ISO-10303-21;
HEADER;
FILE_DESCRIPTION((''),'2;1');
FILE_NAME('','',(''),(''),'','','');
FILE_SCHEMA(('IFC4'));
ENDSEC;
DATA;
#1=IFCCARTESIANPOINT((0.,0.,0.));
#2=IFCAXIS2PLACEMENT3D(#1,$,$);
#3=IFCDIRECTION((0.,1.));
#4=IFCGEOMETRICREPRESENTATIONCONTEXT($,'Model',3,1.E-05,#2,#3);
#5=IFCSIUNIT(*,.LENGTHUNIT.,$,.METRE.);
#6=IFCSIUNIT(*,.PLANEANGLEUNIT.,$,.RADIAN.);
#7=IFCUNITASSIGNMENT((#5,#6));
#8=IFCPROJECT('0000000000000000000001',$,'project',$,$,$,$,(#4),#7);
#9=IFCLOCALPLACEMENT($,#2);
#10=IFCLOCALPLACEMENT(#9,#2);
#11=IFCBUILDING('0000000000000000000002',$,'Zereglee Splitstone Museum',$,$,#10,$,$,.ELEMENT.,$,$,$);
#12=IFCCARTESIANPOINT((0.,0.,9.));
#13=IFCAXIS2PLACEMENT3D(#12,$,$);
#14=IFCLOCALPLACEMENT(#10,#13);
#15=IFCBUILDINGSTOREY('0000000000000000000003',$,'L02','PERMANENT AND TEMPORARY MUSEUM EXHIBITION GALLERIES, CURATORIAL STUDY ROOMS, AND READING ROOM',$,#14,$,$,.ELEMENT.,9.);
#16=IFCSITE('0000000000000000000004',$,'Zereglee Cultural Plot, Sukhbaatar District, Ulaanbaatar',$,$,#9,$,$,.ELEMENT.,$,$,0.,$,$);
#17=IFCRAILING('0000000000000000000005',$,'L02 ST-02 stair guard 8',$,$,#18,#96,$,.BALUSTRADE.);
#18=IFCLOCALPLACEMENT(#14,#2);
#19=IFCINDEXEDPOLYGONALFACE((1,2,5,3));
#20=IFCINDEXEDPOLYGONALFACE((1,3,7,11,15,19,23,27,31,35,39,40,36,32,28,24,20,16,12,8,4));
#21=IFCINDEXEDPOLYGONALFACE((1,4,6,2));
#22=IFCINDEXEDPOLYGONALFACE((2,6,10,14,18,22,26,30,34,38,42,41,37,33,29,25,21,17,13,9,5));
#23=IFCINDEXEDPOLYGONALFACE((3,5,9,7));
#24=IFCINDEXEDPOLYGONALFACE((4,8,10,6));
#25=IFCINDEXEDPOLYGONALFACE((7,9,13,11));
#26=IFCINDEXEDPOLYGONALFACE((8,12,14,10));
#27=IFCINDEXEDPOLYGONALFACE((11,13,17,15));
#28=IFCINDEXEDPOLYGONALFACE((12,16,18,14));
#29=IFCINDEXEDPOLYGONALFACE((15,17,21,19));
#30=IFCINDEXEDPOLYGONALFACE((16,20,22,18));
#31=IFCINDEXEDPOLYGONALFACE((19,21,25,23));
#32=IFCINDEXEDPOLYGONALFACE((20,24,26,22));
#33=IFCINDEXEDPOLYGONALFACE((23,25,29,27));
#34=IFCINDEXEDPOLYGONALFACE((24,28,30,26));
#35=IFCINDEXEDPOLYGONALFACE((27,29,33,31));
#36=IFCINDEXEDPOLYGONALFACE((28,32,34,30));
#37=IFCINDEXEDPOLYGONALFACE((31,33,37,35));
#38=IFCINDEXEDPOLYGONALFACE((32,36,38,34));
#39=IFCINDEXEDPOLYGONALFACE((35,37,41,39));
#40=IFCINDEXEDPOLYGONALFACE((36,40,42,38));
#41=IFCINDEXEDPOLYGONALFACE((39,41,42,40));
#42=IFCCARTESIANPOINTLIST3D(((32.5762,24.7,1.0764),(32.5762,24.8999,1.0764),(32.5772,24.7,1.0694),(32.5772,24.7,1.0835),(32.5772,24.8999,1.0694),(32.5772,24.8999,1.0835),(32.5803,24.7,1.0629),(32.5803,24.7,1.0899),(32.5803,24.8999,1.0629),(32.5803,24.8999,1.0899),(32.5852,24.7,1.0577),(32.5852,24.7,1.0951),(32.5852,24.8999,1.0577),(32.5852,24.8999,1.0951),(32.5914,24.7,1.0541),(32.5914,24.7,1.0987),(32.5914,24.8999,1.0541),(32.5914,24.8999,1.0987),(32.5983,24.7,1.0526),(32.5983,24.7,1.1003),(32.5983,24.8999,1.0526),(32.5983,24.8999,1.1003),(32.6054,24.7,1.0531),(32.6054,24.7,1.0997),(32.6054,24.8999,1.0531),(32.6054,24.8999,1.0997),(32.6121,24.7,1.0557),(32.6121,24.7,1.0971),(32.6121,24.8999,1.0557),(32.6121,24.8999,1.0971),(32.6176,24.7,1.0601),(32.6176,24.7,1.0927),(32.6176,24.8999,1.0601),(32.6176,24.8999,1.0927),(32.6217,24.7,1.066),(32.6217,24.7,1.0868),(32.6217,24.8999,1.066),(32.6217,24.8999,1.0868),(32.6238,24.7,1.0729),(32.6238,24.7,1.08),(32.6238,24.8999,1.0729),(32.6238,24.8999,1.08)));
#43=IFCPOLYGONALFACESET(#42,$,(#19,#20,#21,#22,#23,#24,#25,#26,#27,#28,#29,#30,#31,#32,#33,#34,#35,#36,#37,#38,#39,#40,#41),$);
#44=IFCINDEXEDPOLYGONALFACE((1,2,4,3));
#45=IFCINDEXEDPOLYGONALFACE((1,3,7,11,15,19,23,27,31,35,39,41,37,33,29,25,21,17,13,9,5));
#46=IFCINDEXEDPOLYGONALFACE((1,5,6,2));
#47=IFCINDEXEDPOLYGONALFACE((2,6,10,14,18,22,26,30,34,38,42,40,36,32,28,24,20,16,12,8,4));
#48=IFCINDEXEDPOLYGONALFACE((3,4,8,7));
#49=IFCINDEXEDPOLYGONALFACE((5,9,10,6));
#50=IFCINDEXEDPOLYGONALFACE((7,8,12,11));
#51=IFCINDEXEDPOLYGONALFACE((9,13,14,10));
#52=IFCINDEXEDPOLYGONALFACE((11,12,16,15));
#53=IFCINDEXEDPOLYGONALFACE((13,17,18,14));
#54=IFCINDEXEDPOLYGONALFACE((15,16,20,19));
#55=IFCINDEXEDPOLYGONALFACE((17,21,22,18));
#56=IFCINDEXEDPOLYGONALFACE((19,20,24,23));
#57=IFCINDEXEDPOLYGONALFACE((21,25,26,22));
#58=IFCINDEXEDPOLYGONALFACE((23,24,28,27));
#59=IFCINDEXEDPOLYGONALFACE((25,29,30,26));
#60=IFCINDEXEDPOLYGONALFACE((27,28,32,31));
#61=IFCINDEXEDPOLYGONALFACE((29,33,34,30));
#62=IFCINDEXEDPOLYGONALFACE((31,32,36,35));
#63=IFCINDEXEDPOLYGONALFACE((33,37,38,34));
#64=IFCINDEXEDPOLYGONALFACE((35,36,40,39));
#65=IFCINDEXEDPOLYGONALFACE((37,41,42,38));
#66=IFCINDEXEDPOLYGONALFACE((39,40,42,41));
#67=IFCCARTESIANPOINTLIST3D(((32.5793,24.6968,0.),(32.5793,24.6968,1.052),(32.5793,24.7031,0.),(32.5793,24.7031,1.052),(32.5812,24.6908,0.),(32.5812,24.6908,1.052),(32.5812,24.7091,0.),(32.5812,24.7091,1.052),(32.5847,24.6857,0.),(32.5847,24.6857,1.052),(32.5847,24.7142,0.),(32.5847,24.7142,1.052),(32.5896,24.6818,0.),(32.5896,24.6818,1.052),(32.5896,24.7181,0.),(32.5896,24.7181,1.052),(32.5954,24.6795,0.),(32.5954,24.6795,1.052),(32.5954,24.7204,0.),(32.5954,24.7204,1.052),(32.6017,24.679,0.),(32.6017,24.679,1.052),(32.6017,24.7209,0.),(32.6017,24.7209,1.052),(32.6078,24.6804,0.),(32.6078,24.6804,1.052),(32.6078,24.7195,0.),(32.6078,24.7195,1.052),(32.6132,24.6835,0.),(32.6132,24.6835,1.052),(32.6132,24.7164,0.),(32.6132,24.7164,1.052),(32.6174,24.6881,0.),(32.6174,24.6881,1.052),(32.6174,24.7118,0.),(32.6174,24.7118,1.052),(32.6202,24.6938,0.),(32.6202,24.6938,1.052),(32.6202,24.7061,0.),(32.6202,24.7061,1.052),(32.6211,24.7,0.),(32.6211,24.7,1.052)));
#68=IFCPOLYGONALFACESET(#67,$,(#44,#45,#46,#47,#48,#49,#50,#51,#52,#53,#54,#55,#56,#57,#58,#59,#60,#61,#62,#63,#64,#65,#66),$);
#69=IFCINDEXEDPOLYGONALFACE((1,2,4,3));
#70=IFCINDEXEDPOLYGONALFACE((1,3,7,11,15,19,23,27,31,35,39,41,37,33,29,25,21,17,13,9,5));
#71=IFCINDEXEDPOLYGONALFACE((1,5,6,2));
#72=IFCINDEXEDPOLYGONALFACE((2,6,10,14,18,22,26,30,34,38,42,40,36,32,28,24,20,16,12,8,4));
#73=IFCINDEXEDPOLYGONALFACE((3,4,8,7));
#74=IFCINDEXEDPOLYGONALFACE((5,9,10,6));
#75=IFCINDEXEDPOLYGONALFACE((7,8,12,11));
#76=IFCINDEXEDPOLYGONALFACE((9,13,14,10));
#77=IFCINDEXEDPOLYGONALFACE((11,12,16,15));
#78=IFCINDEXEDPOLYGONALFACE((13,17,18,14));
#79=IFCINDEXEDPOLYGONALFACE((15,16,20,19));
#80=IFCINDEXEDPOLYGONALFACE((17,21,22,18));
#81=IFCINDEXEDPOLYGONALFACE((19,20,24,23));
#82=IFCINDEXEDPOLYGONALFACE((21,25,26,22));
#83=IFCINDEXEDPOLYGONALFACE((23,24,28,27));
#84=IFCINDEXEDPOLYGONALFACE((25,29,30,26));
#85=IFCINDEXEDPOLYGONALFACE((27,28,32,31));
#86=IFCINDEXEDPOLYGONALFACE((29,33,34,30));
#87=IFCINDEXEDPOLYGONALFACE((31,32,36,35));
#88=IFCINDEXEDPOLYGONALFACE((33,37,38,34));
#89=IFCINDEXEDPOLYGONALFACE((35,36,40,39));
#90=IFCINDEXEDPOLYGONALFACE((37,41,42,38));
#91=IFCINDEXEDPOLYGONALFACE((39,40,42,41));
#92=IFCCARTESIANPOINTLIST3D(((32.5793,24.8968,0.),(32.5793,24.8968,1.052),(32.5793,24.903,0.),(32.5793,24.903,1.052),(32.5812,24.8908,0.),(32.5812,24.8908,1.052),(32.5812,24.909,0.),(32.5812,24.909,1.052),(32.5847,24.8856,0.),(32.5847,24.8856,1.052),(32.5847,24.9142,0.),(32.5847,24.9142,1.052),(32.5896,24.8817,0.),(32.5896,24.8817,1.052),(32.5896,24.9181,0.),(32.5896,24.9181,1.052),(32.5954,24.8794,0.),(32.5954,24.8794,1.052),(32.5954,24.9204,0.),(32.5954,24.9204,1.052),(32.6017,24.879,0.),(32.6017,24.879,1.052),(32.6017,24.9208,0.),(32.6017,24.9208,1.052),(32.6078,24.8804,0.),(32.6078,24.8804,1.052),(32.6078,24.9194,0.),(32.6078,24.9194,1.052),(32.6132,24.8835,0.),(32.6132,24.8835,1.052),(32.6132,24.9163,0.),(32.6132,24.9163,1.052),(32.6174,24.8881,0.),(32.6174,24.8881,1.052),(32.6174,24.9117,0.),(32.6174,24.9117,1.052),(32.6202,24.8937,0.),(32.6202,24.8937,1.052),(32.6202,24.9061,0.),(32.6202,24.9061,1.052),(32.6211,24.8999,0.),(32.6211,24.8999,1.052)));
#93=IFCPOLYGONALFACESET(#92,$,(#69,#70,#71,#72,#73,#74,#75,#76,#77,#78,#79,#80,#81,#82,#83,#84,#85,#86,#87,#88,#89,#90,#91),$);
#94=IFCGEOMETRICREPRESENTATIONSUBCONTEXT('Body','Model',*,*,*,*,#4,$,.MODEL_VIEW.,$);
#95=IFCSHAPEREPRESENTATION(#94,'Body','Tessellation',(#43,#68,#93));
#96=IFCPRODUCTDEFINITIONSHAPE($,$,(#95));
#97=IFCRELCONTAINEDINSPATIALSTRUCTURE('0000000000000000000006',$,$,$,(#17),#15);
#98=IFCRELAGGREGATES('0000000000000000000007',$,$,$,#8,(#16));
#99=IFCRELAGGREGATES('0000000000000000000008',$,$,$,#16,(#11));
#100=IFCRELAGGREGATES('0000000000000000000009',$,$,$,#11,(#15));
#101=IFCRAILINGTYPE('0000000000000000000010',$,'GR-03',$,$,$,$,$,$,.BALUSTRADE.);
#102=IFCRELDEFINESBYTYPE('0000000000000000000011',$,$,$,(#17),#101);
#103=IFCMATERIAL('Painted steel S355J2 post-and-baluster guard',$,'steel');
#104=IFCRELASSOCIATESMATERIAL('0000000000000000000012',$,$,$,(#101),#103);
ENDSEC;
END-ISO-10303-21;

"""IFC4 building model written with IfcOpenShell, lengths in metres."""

from ifc_helpers import new_model, si_unit, direction, frame, origin, origin_2d, place, context, subcontext, project, spatial, circle, extrude, material, type_object, element, save


model = new_model("IFC4")

# Units and contexts
model_context = context("Model", 3, precision=1e-05, world=origin(), true_north=direction((0.0, 1.0)))
body_context = subcontext(model_context, "Body", "Model", "MODEL_VIEW")
ifc_project = project(units=[si_unit("LENGTHUNIT", "METRE"), si_unit("PLANEANGLEUNIT", "RADIAN")], contexts=[model_context])

# Site, building, storey
site_placement = place(None, origin())
site = spatial("IfcSite", under=ifc_project, at=site_placement, Name="Zereglee Cultural Plot, Sukhbaatar District, Ulaanbaatar", CompositionType="ELEMENT", RefElevation=0.0)
building_placement = place(site_placement, origin())
building = spatial("IfcBuilding", under=site, at=building_placement, Name="Zereglee Splitstone Museum", CompositionType="ELEMENT")
storey_placement = place(building_placement, frame((0.0, 0.0, 9.0)))
storey = spatial("IfcBuildingStorey", under=building, at=storey_placement, Name="L02", Description="PERMANENT AND TEMPORARY MUSEUM EXHIBITION GALLERIES, CURATORIAL STUDY ROOMS, AND READING ROOM", CompositionType="ELEMENT", Elevation=9.0)

# Railing
ifc_material_1 = material(Name="Painted steel S355J2 post-and-baluster guard", Category="steel")
railing_type_1 = type_object("IfcRailingType", Name="GR-03", PredefinedType="BALUSTRADE", material=ifc_material_1)
railing_1_placement = place(storey_placement, frame((32.6001, 24.7, 0.0)))
element("IfcRailing", 1, at=railing_1_placement, inside=storey, type_object=railing_type_1, Name="L02 ST-02 stair guard 8", PredefinedType="BALUSTRADE", context=body_context, shape_type="SweptSolid", body=[
    extrude(circle(Radius=0.0239, at=origin_2d()), frame((0.0, 0.0, 1.0764), z_axis=(0.0, 1.0, 0.0), x_axis=(-1.0, 0.0, 0.0)), (0.0, 0.0, 1.0), 0.2),
    extrude(circle(Radius=0.021, at=origin_2d()), origin(), (0.0, 0.0, 1.0), 1.052),
    extrude(circle(Radius=0.021, at=origin_2d()), frame((0.0, 0.2, 0.0)), (0.0, 0.0, 1.0), 1.052),
])

save(model, "model.ifc")
